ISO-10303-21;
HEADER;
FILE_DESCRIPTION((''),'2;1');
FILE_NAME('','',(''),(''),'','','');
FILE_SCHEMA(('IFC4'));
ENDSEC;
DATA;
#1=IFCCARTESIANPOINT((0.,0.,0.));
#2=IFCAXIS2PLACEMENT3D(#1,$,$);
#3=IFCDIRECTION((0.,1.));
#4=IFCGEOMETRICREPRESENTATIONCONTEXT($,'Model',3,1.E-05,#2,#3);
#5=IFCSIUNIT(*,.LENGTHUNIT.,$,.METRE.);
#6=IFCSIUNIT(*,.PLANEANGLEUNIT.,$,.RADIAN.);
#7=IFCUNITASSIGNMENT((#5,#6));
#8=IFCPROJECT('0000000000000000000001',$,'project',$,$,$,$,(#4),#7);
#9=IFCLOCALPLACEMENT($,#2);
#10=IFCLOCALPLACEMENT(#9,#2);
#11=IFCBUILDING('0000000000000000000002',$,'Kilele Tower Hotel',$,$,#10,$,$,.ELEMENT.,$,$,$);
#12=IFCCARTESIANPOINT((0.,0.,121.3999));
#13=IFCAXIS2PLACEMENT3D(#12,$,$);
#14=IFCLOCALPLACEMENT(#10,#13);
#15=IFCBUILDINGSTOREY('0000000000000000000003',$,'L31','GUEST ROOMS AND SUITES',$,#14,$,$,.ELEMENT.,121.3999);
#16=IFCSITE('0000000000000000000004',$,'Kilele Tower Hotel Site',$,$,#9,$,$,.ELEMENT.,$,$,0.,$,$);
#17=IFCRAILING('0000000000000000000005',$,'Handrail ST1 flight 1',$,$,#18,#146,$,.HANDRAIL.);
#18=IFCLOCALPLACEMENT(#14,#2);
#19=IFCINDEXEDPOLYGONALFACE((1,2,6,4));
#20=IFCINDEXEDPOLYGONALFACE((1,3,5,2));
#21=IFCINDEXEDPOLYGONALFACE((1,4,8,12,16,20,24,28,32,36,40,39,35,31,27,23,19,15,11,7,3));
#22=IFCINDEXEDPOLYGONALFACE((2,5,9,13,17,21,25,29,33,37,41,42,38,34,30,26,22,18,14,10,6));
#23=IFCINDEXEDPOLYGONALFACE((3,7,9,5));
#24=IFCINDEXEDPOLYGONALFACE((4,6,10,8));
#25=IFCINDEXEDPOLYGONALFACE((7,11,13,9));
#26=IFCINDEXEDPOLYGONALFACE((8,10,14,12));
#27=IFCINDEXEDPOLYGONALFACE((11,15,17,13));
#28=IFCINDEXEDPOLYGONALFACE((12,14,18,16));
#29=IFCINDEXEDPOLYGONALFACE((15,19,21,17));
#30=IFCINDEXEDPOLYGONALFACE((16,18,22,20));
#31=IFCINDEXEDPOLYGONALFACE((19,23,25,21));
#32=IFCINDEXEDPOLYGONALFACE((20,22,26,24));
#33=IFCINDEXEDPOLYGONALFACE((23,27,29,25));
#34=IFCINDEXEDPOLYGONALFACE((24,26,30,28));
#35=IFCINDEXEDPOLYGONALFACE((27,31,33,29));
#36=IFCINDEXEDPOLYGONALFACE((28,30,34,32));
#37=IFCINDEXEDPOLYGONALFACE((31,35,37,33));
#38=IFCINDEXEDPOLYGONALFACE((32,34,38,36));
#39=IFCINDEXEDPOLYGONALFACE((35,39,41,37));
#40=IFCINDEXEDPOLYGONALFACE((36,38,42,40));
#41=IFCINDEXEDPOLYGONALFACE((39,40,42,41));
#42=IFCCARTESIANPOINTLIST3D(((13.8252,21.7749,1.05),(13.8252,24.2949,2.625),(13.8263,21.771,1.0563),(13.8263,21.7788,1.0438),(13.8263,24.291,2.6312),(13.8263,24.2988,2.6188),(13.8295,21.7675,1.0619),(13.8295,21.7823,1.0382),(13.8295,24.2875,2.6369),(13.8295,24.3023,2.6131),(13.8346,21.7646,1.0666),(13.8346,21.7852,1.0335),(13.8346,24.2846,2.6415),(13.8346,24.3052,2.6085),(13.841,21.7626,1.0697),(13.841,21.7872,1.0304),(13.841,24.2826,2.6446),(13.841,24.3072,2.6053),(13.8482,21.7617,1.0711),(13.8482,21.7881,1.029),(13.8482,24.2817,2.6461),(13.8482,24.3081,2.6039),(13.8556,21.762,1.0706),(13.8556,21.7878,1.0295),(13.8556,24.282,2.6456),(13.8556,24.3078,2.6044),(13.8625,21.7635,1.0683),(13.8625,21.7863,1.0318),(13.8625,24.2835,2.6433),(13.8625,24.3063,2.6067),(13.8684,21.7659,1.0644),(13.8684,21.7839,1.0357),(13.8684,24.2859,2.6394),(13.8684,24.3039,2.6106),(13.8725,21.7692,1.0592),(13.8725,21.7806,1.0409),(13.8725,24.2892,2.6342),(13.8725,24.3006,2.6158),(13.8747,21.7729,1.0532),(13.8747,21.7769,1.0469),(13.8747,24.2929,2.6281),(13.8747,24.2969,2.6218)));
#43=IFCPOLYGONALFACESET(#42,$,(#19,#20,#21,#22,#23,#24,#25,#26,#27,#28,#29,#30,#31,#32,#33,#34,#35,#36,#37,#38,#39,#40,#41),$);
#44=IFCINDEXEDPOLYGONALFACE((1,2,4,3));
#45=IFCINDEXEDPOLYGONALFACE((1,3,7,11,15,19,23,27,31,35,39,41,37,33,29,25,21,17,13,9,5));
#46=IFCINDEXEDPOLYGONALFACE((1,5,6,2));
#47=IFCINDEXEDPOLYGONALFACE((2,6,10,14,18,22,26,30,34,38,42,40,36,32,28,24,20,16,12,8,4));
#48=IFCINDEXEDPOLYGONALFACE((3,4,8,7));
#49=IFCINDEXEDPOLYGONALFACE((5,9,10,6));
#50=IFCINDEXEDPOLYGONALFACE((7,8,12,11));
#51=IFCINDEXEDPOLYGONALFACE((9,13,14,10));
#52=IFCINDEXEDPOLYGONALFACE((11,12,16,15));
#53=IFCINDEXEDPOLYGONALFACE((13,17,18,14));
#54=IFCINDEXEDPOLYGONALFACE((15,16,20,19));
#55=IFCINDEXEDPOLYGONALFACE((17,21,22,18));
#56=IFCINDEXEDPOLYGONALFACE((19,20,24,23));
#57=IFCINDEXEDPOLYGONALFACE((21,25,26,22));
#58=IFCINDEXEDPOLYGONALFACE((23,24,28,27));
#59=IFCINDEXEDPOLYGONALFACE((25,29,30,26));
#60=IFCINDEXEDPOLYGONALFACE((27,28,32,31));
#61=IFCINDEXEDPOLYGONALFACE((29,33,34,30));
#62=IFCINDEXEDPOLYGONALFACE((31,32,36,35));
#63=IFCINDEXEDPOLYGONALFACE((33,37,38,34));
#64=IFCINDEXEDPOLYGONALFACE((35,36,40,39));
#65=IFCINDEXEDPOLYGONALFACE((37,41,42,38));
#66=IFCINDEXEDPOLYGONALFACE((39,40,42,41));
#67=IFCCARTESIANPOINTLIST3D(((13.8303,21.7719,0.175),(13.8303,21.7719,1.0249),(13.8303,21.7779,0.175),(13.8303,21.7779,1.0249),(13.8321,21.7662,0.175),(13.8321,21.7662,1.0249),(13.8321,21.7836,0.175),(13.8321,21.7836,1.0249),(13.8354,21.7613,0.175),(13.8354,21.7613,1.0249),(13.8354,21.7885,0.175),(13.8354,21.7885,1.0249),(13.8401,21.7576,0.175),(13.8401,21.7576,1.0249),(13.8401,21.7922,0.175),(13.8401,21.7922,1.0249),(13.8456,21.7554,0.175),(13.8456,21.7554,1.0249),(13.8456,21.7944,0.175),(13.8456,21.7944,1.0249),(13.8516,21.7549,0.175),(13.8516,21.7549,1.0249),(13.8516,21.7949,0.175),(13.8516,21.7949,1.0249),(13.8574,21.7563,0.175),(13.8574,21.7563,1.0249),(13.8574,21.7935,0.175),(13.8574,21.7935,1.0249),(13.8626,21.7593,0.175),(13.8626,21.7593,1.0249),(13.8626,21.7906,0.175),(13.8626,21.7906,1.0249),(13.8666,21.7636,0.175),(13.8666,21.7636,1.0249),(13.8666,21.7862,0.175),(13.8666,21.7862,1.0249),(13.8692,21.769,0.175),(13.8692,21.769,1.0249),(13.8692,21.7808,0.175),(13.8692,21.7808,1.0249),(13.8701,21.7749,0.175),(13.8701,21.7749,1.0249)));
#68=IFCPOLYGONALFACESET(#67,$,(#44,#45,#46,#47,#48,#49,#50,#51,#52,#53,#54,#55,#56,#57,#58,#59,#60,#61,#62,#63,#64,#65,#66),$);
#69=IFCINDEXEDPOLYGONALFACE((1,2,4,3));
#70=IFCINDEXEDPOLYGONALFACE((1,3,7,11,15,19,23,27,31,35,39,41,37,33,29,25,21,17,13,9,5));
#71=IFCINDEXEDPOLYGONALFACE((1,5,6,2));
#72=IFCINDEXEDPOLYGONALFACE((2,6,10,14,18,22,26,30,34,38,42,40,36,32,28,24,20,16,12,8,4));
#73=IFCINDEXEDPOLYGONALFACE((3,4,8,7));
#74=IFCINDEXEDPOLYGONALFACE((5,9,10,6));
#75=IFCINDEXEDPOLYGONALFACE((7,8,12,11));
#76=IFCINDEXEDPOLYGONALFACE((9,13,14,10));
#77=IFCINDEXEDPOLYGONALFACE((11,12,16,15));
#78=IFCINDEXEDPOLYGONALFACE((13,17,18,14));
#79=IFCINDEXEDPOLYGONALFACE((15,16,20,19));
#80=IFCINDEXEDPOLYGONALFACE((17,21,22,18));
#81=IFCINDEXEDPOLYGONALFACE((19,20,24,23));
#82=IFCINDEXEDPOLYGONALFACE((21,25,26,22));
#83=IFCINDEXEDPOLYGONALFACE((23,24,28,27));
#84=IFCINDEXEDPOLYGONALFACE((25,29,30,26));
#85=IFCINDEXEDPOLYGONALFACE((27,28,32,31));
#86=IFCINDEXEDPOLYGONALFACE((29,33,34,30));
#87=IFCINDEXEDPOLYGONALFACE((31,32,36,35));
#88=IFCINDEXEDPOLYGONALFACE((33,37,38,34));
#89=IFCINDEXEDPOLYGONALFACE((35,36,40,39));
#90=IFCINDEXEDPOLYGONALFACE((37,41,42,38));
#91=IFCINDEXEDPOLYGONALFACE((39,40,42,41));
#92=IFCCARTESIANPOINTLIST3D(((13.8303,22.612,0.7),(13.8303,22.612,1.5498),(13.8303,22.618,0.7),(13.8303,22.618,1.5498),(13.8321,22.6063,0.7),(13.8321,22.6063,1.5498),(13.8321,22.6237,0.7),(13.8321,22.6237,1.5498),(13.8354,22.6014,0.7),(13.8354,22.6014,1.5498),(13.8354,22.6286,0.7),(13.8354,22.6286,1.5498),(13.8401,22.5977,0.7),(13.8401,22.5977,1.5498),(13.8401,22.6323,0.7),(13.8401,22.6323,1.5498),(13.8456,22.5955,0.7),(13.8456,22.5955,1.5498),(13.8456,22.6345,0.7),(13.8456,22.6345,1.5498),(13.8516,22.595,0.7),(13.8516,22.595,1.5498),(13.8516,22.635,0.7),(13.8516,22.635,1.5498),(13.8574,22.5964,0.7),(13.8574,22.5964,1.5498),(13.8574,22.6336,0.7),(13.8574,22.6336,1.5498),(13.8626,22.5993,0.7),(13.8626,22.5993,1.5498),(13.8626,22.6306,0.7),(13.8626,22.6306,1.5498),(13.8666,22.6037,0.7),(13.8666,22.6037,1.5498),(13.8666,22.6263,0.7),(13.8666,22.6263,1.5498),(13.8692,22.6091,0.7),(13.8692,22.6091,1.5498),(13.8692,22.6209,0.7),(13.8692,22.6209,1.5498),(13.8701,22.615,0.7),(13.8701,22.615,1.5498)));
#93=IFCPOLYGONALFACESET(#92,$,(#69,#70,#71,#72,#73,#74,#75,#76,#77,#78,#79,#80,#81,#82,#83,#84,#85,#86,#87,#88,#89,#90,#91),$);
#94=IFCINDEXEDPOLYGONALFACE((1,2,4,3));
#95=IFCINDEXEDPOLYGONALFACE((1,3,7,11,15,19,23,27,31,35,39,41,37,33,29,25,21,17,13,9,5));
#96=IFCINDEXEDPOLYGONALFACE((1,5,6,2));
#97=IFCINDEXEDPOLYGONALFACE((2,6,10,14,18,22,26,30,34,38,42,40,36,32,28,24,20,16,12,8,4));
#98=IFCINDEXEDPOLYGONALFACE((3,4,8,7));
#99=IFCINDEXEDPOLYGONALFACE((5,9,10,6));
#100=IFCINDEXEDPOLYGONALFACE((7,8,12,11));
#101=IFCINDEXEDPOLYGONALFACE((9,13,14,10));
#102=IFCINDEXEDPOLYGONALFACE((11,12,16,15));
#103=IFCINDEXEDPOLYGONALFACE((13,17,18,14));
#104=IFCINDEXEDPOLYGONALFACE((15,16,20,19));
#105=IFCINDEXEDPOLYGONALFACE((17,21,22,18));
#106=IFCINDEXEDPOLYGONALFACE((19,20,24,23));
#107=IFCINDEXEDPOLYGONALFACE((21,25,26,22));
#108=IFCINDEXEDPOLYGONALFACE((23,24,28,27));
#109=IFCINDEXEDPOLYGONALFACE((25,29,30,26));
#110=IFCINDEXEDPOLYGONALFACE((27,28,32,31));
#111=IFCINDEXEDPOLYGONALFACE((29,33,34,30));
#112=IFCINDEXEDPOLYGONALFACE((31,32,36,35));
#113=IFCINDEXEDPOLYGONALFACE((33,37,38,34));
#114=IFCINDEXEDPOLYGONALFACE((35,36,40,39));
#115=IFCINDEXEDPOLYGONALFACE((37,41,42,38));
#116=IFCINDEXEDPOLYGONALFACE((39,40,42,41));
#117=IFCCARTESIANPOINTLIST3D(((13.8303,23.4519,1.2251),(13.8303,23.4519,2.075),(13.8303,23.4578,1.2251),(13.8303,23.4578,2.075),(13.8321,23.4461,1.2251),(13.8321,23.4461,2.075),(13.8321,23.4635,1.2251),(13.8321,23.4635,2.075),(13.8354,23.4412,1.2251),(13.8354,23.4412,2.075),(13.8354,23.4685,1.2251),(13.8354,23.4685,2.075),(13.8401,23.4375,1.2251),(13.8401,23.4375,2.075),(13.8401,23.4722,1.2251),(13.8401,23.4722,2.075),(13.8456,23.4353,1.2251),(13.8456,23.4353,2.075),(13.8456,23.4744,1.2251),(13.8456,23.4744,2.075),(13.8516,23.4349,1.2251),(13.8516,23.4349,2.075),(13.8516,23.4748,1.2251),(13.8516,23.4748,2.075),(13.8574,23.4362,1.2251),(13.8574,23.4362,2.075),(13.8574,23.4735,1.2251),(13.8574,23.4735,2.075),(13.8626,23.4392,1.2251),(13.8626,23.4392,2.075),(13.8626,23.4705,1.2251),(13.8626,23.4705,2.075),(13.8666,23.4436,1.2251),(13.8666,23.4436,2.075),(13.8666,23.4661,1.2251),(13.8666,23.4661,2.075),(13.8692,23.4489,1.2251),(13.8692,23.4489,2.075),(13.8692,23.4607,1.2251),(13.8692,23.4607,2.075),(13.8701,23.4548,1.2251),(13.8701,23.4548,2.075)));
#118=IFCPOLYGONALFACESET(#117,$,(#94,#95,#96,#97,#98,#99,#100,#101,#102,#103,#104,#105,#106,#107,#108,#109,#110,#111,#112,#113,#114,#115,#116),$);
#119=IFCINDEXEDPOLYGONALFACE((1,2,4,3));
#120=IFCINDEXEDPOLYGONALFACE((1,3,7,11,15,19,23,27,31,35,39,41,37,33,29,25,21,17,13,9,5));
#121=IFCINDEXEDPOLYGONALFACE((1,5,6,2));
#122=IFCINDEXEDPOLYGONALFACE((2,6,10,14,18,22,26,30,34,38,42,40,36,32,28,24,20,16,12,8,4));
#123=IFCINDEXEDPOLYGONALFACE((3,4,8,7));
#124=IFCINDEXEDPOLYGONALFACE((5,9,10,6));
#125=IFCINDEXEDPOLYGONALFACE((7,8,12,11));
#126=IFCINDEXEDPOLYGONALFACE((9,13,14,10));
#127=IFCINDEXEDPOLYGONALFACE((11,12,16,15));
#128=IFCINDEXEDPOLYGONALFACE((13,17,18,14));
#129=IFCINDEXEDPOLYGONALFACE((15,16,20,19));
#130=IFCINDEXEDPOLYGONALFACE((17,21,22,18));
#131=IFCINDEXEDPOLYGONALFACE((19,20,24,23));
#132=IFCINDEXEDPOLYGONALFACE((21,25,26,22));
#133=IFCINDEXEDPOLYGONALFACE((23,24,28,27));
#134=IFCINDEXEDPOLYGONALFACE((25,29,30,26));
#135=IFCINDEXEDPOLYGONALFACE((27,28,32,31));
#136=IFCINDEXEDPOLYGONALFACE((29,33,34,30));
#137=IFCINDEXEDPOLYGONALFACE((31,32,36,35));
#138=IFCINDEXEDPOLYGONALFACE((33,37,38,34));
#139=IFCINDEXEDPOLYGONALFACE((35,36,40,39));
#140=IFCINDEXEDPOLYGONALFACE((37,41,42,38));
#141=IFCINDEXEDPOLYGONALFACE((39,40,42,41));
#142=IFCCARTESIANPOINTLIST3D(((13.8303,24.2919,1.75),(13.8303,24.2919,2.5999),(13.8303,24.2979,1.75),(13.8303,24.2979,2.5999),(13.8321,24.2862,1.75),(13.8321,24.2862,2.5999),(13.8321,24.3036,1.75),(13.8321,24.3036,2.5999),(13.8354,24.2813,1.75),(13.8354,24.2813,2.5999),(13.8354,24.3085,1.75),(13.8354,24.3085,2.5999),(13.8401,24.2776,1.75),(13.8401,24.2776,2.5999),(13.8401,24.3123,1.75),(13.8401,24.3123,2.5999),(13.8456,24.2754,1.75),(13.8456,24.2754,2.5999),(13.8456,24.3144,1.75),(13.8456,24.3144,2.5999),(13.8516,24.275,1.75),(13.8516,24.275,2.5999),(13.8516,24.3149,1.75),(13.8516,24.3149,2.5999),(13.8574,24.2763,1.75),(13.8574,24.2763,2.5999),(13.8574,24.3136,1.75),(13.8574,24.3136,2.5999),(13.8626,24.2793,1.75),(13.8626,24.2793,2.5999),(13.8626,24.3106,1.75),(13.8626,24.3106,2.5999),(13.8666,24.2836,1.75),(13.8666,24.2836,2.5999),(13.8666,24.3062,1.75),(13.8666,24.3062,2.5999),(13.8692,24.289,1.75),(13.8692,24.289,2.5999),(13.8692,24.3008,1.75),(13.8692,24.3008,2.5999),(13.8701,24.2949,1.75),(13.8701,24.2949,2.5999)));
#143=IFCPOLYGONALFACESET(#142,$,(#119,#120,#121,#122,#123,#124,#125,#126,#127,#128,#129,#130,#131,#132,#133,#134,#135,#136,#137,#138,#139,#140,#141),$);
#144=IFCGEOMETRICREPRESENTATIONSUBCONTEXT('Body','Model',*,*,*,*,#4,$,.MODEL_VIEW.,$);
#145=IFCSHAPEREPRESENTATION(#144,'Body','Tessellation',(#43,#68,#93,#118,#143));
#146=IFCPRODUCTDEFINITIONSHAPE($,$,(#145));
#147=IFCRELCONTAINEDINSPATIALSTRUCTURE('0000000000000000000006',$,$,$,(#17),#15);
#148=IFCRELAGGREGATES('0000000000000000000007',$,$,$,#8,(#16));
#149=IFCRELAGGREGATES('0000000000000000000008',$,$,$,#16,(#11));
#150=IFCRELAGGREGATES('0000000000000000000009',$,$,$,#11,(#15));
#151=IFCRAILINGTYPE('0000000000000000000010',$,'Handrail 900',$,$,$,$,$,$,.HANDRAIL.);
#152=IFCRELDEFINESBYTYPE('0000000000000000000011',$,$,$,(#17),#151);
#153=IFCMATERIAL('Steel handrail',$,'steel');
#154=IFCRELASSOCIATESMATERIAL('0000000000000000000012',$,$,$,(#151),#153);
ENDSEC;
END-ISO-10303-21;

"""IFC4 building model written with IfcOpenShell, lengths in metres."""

from ifc_helpers import new_model, si_unit, direction, frame, origin, origin_2d, place, context, subcontext, project, spatial, circle, extrude, material, type_object, element, save


model = new_model("IFC4")

# Units and contexts
model_context = context("Model", 3, precision=1e-05, world=origin(), true_north=direction((0.0, 1.0)))
body_context = subcontext(model_context, "Body", "Model", "MODEL_VIEW")
ifc_project = project(units=[si_unit("LENGTHUNIT", "METRE"), si_unit("PLANEANGLEUNIT", "RADIAN")], contexts=[model_context])

# Site, building, storey
site_placement = place(None, origin())
site = spatial("IfcSite", under=ifc_project, at=site_placement, Name="Kilele Tower Hotel Site", CompositionType="ELEMENT", RefElevation=0.0)
building_placement = place(site_placement, origin())
building = spatial("IfcBuilding", under=site, at=building_placement, Name="Kilele Tower Hotel", CompositionType="ELEMENT")
storey_placement = place(building_placement, frame((0.0, 0.0, 121.3999)))
storey = spatial("IfcBuildingStorey", under=building, at=storey_placement, Name="L31", Description="GUEST ROOMS AND SUITES", CompositionType="ELEMENT", Elevation=121.3999)

# Railing
ifc_material_1 = material(Name="Steel handrail", Category="steel")
railing_type_1 = type_object("IfcRailingType", Name="Handrail 900", PredefinedType="HANDRAIL", material=ifc_material_1)
for number, where, name in (
    (1, (13.8501, 21.7749, 0.175), "Handrail ST1 flight 1"),
):
    element("IfcRailing", number, at=place(storey_placement, frame(where)), inside=storey, type_object=railing_type_1, Name=name, PredefinedType="HANDRAIL", context=body_context, shape_type="SweptSolid", body=[
        extrude(circle(Radius=0.0249, at=origin_2d()), frame((0.0, 0.0, 0.875), z_axis=(0.0, 0.848008, 0.529984), x_axis=(-1.0, 0.0, 0.0)), (0.0, 0.0, 1.0), 2.9717),
        extrude(circle(Radius=0.02, at=origin_2d()), origin(), (0.0, 0.0, 1.0), 0.8499),
        extrude(circle(Radius=0.02, at=origin_2d()), frame((0.0, 0.8401, 0.5249)), (0.0, 0.0, 1.0), 0.8499),
        extrude(circle(Radius=0.02, at=origin_2d()), frame((0.0, 1.6799, 1.05)), (0.0, 0.0, 1.0), 0.8499),
        extrude(circle(Radius=0.02, at=origin_2d()), frame((0.0, 2.52, 1.575)), (0.0, 0.0, 1.0), 0.8499),
    ])

save(model, "model.ifc")
